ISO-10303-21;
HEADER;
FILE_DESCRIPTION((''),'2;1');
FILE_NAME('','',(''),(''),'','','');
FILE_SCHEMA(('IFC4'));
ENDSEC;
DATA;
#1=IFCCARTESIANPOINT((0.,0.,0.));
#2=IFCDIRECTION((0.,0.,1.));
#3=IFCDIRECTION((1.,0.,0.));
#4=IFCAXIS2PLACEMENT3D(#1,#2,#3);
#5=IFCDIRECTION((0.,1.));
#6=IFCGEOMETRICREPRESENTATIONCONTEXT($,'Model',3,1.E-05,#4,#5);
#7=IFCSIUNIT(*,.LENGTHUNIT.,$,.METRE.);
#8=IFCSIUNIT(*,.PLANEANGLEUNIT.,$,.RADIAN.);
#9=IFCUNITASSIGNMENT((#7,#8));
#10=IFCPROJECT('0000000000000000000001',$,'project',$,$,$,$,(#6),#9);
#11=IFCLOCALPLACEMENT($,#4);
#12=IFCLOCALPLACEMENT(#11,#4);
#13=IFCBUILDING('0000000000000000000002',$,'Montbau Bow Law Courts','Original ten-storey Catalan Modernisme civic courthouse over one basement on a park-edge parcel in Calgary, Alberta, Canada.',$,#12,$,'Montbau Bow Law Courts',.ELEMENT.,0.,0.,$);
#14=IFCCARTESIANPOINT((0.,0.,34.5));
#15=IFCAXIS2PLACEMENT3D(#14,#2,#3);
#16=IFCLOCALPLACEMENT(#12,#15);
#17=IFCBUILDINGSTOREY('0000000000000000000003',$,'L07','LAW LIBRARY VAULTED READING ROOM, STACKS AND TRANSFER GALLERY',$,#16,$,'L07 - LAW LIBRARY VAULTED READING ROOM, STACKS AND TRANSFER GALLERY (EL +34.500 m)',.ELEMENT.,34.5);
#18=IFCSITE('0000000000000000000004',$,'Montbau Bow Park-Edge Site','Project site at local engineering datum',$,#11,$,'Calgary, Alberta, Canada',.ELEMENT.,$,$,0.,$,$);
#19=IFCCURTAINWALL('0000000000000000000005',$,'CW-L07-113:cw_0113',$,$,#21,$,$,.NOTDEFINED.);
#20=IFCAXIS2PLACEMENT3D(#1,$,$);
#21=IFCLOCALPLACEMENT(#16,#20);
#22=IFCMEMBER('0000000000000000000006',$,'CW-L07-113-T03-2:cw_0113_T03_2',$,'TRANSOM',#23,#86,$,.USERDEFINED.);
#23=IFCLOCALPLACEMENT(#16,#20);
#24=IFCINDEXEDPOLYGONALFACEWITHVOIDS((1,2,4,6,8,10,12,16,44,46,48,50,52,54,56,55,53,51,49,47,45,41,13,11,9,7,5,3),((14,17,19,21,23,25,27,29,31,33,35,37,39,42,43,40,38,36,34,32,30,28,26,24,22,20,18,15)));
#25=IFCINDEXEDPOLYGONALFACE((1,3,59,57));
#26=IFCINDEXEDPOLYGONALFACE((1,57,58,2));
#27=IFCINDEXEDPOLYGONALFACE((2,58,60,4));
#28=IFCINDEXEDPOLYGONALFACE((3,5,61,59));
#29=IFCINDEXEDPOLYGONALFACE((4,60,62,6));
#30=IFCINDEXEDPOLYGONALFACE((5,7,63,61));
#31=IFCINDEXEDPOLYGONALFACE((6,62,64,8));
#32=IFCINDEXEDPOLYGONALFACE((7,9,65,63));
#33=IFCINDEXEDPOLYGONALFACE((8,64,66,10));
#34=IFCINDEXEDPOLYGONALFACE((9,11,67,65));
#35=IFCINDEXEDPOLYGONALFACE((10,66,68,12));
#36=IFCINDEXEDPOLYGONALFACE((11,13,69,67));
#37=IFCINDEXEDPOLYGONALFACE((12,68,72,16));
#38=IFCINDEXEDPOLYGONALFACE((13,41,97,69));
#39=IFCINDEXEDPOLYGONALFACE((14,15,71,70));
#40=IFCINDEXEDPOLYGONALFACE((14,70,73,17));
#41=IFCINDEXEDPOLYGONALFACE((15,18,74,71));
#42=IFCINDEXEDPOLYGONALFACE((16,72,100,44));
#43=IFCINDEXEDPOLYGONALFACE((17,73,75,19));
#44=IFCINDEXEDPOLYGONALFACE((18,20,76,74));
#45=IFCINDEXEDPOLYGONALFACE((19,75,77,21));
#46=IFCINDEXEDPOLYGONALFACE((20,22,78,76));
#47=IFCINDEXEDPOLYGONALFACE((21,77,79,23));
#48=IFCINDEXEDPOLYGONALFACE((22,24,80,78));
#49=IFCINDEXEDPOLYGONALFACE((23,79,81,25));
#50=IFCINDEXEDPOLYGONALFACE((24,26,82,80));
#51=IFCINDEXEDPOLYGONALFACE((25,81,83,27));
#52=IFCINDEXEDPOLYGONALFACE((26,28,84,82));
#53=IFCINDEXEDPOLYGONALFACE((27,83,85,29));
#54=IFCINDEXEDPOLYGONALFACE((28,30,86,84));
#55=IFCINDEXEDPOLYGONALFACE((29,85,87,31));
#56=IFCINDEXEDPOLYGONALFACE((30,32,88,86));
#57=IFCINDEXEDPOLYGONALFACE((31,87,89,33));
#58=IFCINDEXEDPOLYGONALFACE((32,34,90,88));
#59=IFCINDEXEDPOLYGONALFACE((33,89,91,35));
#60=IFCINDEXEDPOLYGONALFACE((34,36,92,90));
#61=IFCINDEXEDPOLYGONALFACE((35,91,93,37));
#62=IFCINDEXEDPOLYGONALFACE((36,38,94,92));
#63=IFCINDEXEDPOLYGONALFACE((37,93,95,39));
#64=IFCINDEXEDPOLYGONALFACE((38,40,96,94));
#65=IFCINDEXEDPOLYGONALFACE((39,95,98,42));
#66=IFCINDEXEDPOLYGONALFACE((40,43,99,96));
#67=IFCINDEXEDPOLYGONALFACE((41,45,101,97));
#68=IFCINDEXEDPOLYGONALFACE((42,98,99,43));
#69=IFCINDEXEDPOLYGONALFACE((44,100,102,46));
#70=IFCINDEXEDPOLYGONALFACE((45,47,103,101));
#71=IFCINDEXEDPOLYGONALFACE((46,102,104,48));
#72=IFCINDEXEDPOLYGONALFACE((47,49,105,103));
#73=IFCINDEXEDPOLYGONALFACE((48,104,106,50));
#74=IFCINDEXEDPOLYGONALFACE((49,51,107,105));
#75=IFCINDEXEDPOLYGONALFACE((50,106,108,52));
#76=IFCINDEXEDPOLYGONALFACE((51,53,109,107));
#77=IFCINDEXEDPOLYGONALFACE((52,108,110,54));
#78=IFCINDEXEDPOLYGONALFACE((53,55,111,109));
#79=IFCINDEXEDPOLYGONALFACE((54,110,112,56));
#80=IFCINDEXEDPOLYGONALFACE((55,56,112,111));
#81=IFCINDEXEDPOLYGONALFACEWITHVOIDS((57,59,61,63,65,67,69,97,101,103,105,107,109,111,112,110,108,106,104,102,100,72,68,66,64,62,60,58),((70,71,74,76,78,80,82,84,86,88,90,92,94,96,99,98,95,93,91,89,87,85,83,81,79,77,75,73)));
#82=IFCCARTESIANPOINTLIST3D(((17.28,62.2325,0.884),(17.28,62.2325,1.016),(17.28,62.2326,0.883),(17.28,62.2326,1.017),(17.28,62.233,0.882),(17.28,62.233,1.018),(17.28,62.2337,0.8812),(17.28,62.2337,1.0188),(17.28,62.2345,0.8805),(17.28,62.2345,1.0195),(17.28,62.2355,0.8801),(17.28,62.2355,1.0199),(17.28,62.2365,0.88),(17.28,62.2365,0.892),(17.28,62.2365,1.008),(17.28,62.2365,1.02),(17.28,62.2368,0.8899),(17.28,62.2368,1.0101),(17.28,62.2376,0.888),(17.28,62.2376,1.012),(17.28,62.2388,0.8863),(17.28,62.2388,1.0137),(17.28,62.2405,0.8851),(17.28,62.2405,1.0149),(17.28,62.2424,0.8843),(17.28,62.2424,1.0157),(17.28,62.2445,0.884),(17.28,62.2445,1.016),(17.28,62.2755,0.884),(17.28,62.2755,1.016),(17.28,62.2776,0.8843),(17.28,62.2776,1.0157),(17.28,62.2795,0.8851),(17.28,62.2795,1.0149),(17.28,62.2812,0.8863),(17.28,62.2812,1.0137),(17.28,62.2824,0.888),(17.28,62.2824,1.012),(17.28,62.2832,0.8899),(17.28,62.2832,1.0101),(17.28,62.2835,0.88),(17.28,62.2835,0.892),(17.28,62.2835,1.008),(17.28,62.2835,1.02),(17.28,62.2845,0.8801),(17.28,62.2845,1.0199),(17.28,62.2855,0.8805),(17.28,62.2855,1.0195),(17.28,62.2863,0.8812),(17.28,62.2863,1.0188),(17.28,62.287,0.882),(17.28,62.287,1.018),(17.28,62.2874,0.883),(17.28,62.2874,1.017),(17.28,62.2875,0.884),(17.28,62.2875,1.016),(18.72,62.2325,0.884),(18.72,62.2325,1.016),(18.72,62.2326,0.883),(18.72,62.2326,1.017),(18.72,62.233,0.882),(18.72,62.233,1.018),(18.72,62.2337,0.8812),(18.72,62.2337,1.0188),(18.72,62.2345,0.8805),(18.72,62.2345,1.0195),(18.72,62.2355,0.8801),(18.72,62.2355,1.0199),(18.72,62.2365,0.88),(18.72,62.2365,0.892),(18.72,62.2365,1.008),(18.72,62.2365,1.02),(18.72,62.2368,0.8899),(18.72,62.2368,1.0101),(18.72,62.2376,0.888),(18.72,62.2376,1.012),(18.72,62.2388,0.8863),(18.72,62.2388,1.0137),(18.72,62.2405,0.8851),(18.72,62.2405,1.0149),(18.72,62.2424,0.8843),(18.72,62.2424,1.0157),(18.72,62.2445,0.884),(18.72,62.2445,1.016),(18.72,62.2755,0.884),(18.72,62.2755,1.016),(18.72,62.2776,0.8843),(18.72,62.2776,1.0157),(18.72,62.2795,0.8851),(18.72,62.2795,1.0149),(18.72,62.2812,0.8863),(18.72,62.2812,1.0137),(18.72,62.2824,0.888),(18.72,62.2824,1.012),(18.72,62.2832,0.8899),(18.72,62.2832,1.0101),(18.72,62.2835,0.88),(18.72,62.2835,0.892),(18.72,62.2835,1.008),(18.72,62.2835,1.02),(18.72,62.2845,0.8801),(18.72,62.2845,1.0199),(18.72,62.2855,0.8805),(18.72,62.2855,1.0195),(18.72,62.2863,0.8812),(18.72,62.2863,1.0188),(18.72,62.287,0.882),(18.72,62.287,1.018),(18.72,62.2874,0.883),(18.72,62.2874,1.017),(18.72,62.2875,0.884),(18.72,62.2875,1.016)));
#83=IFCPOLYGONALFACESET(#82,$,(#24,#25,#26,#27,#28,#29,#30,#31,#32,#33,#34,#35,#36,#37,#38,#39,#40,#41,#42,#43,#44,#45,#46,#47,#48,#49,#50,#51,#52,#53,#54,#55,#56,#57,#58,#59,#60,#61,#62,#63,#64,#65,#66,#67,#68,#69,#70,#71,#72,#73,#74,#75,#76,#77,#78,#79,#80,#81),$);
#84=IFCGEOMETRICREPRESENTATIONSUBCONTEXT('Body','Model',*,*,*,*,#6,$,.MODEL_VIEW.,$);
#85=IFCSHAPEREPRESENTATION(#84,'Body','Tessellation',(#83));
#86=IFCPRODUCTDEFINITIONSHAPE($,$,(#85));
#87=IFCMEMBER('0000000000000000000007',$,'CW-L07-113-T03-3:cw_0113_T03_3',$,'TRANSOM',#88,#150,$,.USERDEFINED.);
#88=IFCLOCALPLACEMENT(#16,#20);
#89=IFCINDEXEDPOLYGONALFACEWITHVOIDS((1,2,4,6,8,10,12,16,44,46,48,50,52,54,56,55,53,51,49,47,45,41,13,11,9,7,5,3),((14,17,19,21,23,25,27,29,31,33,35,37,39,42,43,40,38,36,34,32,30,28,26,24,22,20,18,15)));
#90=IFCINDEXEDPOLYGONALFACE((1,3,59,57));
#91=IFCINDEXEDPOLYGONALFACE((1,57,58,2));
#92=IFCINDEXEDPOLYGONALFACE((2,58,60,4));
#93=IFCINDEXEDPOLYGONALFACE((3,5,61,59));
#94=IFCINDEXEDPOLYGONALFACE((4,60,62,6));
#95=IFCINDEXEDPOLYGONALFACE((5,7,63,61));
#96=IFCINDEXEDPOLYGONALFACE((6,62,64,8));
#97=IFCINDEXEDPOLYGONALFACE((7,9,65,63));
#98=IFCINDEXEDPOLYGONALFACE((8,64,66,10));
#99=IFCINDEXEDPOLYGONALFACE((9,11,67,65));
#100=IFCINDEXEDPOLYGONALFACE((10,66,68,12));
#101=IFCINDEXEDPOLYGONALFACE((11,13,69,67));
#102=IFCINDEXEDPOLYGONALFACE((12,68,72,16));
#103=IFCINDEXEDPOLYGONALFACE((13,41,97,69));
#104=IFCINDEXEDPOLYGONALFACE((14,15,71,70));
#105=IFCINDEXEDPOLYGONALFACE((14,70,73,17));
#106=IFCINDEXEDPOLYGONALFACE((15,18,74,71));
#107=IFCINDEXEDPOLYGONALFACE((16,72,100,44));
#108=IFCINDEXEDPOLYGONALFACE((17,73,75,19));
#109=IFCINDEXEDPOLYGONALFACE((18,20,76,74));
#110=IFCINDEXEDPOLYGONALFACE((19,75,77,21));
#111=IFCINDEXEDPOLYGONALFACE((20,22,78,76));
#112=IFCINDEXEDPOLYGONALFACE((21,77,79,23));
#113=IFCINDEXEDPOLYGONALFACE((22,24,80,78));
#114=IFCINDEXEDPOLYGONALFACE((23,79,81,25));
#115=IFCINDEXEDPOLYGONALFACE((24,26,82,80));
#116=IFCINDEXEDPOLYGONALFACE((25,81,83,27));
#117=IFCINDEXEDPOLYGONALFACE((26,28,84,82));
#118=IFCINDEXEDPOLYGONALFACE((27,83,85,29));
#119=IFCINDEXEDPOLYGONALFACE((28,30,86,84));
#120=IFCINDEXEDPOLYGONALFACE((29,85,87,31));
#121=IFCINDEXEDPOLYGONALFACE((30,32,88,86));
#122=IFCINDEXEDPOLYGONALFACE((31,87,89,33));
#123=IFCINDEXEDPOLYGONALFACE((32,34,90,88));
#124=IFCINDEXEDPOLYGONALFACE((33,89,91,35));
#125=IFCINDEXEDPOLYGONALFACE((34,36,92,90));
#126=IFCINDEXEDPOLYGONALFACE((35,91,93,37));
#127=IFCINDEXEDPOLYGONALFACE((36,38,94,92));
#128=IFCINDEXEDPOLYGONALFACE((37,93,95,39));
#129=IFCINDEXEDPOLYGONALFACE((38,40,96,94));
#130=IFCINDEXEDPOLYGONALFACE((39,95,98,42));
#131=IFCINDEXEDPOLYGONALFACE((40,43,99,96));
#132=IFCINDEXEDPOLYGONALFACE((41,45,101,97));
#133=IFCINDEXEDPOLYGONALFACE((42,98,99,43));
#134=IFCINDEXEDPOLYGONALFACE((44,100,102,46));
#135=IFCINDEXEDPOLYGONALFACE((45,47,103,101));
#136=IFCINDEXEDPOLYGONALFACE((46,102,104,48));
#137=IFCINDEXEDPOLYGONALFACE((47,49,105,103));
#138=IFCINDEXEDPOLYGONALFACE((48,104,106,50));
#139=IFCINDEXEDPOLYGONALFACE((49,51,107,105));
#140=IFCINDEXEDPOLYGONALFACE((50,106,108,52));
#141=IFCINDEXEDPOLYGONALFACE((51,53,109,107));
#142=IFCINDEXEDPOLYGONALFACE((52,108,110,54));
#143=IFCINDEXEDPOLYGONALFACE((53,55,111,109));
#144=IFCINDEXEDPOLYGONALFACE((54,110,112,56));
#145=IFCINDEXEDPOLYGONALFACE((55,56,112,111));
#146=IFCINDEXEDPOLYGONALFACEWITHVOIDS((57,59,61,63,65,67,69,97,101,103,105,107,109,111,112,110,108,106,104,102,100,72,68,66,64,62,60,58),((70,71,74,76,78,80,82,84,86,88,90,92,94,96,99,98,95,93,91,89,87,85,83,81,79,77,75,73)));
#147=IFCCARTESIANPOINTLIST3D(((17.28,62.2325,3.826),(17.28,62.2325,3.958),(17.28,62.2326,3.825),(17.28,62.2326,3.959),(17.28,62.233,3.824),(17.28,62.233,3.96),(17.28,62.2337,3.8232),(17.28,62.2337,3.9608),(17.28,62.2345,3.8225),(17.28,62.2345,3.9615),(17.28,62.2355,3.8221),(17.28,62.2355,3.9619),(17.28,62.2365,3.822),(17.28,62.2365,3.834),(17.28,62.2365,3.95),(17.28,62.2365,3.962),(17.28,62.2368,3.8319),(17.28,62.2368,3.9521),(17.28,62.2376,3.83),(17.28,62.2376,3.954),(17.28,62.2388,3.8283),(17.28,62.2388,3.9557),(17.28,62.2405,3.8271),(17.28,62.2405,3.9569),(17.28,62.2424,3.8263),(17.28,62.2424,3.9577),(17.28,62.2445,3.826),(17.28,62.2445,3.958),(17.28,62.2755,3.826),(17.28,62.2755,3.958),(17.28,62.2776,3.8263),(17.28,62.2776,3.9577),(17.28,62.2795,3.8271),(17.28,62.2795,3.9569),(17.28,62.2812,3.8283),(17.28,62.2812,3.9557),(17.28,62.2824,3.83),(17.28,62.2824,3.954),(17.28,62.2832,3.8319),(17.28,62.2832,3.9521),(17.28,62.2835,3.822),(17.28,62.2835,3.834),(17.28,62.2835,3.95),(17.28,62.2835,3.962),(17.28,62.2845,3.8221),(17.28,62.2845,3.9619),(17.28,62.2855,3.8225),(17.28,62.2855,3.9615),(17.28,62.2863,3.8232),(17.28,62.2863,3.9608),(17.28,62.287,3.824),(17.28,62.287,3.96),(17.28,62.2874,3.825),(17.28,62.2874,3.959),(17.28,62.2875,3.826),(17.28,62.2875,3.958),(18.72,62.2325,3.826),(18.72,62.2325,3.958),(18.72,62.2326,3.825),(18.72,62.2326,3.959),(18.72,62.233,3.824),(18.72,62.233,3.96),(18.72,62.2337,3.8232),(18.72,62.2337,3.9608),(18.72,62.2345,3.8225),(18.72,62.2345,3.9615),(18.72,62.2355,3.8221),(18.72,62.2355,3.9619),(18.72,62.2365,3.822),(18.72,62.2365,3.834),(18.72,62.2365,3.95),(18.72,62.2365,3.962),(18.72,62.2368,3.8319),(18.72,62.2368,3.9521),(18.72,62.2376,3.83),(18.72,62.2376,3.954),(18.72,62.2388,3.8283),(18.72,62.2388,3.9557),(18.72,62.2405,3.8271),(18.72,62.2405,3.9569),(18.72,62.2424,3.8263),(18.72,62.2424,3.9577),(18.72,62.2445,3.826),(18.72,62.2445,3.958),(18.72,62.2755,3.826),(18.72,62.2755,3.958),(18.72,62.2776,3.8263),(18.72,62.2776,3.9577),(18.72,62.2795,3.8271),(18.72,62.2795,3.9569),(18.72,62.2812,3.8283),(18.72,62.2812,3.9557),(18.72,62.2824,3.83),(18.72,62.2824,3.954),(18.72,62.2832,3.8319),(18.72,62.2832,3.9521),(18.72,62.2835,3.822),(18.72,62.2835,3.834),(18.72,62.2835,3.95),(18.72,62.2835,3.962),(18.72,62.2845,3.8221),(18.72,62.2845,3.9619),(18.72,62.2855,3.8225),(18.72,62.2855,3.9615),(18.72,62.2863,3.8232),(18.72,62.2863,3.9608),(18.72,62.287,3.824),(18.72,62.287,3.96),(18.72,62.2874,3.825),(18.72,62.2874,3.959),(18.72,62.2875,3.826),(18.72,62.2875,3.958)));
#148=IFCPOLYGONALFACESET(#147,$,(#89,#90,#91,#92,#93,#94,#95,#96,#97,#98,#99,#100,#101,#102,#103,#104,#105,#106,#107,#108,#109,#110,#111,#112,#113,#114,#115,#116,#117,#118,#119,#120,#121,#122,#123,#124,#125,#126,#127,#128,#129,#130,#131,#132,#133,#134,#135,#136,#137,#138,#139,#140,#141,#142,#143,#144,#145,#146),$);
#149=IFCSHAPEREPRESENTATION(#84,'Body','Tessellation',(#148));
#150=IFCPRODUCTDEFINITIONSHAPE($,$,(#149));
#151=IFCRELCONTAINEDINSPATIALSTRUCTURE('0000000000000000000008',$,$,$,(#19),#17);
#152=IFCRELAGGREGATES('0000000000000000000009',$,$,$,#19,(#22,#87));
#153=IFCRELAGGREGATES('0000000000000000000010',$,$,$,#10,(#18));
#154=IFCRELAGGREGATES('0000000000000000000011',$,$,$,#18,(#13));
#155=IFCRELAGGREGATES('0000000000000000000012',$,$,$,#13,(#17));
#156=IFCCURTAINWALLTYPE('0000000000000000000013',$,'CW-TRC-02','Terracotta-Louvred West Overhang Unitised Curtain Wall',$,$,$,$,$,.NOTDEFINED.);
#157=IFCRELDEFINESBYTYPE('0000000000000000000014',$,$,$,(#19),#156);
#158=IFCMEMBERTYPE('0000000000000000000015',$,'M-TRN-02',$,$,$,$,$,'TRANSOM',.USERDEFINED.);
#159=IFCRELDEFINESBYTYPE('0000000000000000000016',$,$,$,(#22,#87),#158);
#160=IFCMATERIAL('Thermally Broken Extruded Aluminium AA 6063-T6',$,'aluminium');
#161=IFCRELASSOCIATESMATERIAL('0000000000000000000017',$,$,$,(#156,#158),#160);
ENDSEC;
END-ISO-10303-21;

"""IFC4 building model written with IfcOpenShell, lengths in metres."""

from ifc_helpers import new_model, si_unit, direction, frame, origin_with_axes, origin_2d_with_axis, place, context, subcontext, project, spatial, hollow_rectangle, extrude, material, material_profile, profile_set, type_object, element, aggregate, save


model = new_model("IFC4")

# Units and contexts
model_context = context("Model", 3, precision=1e-05, world=origin_with_axes(), true_north=direction((0.0, 1.0)))
body_context = subcontext(model_context, "Body", "Model", "MODEL_VIEW")
ifc_project = project(units=[si_unit("LENGTHUNIT", "METRE"), si_unit("PLANEANGLEUNIT", "RADIAN")], contexts=[model_context])

# Site, building, storey
site_placement = place(None, origin_with_axes())
site = spatial("IfcSite", under=ifc_project, at=site_placement, Name="Montbau Bow Park-Edge Site", Description="Project site at local engineering datum", LongName="Calgary, Alberta, Canada", CompositionType="ELEMENT", RefElevation=0.0)
building_placement = place(site_placement, origin_with_axes())
building = spatial("IfcBuilding", under=site, at=building_placement, Name="Montbau Bow Law Courts", Description="Original ten-storey Catalan Modernisme civic courthouse over one basement on a park-edge parcel in Calgary, Alberta, Canada.", LongName="Montbau Bow Law Courts", CompositionType="ELEMENT", ElevationOfRefHeight=0.0, ElevationOfTerrain=0.0)
storey_placement = place(building_placement, frame((0.0, 0.0, 34.5), z_axis=(0.0, 0.0, 1.0), x_axis=(1.0, 0.0, 0.0)))
storey = spatial("IfcBuildingStorey", under=building, at=storey_placement, Name="L07", Description="LAW LIBRARY VAULTED READING ROOM, STACKS AND TRANSFER GALLERY", LongName="L07 - LAW LIBRARY VAULTED READING ROOM, STACKS AND TRANSFER GALLERY (EL +34.500 m)", CompositionType="ELEMENT", Elevation=34.5)

# Curtain wall, members
ifc_material_1 = material(Name="Thermally Broken Extruded Aluminium AA 6063-T6", Category="aluminium")
curtain_wall_type = type_object("IfcCurtainWallType", Name="CW-TRC-02", Description="Terracotta-Louvred West Overhang Unitised Curtain Wall", PredefinedType="NOTDEFINED", material=ifc_material_1)
curtain_wall_placement = place(None, frame((14.24, 62.26, 34.5), z_axis=(0.0, 0.0, 1.0), x_axis=(1.0, 0.0, 0.0)))
curtain_wall = element("IfcCurtainWall", 1, at=curtain_wall_placement, inside=storey, type_object=curtain_wall_type, Name="CW-L07-113:cw_0113", PredefinedType="NOTDEFINED")
ifc_material_profile_1 = material_profile(ifc_material_1, hollow_rectangle(XDim=0.055, YDim=0.14, WallThickness=0.004, InnerFilletRadius=0.008, OuterFilletRadius=0.004, at=origin_2d_with_axis()), Name="CWT-140X55", Category="Main", Priority=0)
ifc_profile_set_1 = profile_set([ifc_material_profile_1], Name="Thermally Broken Extruded Aluminium AA 6063-T6")
member_type_1 = type_object("IfcMemberType", Name="M-TRN-02", ElementType="TRANSOM", PredefinedType="USERDEFINED", material=ifc_profile_set_1)
member_1_placement = place(None, frame((17.28, 62.26, 35.45), z_axis=(1.0, 0.0, 0.0), x_axis=(0.0, 1.0, 0.0)))
member_1 = element("IfcMember", 2, at=member_1_placement, type_object=member_type_1, Name="CW-L07-113-T03-2:cw_0113_T03_2", ObjectType="TRANSOM", PredefinedType="USERDEFINED", context=body_context, shape_type="SweptSolid", body=[
    extrude(hollow_rectangle(XDim=0.055, YDim=0.14, WallThickness=0.004, InnerFilletRadius=0.008, OuterFilletRadius=0.004, at=origin_2d_with_axis()), origin_with_axes(), (0.0, 0.0, 1.0), 1.44),
])
member_2_placement = place(None, frame((17.28, 62.26, 38.392), z_axis=(1.0, 0.0, 0.0), x_axis=(0.0, 1.0, 0.0)))
member_2 = element("IfcMember", 3, at=member_2_placement, type_object=member_type_1, Name="CW-L07-113-T03-3:cw_0113_T03_3", ObjectType="TRANSOM", PredefinedType="USERDEFINED", context=body_context, shape_type="SweptSolid", body=[
    extrude(hollow_rectangle(XDim=0.055, YDim=0.14, WallThickness=0.004, InnerFilletRadius=0.008, OuterFilletRadius=0.004, at=origin_2d_with_axis()), origin_with_axes(), (0.0, 0.0, 1.0), 1.44),
])
aggregate(curtain_wall, [member_1, member_2])

save(model, "model.ifc")
